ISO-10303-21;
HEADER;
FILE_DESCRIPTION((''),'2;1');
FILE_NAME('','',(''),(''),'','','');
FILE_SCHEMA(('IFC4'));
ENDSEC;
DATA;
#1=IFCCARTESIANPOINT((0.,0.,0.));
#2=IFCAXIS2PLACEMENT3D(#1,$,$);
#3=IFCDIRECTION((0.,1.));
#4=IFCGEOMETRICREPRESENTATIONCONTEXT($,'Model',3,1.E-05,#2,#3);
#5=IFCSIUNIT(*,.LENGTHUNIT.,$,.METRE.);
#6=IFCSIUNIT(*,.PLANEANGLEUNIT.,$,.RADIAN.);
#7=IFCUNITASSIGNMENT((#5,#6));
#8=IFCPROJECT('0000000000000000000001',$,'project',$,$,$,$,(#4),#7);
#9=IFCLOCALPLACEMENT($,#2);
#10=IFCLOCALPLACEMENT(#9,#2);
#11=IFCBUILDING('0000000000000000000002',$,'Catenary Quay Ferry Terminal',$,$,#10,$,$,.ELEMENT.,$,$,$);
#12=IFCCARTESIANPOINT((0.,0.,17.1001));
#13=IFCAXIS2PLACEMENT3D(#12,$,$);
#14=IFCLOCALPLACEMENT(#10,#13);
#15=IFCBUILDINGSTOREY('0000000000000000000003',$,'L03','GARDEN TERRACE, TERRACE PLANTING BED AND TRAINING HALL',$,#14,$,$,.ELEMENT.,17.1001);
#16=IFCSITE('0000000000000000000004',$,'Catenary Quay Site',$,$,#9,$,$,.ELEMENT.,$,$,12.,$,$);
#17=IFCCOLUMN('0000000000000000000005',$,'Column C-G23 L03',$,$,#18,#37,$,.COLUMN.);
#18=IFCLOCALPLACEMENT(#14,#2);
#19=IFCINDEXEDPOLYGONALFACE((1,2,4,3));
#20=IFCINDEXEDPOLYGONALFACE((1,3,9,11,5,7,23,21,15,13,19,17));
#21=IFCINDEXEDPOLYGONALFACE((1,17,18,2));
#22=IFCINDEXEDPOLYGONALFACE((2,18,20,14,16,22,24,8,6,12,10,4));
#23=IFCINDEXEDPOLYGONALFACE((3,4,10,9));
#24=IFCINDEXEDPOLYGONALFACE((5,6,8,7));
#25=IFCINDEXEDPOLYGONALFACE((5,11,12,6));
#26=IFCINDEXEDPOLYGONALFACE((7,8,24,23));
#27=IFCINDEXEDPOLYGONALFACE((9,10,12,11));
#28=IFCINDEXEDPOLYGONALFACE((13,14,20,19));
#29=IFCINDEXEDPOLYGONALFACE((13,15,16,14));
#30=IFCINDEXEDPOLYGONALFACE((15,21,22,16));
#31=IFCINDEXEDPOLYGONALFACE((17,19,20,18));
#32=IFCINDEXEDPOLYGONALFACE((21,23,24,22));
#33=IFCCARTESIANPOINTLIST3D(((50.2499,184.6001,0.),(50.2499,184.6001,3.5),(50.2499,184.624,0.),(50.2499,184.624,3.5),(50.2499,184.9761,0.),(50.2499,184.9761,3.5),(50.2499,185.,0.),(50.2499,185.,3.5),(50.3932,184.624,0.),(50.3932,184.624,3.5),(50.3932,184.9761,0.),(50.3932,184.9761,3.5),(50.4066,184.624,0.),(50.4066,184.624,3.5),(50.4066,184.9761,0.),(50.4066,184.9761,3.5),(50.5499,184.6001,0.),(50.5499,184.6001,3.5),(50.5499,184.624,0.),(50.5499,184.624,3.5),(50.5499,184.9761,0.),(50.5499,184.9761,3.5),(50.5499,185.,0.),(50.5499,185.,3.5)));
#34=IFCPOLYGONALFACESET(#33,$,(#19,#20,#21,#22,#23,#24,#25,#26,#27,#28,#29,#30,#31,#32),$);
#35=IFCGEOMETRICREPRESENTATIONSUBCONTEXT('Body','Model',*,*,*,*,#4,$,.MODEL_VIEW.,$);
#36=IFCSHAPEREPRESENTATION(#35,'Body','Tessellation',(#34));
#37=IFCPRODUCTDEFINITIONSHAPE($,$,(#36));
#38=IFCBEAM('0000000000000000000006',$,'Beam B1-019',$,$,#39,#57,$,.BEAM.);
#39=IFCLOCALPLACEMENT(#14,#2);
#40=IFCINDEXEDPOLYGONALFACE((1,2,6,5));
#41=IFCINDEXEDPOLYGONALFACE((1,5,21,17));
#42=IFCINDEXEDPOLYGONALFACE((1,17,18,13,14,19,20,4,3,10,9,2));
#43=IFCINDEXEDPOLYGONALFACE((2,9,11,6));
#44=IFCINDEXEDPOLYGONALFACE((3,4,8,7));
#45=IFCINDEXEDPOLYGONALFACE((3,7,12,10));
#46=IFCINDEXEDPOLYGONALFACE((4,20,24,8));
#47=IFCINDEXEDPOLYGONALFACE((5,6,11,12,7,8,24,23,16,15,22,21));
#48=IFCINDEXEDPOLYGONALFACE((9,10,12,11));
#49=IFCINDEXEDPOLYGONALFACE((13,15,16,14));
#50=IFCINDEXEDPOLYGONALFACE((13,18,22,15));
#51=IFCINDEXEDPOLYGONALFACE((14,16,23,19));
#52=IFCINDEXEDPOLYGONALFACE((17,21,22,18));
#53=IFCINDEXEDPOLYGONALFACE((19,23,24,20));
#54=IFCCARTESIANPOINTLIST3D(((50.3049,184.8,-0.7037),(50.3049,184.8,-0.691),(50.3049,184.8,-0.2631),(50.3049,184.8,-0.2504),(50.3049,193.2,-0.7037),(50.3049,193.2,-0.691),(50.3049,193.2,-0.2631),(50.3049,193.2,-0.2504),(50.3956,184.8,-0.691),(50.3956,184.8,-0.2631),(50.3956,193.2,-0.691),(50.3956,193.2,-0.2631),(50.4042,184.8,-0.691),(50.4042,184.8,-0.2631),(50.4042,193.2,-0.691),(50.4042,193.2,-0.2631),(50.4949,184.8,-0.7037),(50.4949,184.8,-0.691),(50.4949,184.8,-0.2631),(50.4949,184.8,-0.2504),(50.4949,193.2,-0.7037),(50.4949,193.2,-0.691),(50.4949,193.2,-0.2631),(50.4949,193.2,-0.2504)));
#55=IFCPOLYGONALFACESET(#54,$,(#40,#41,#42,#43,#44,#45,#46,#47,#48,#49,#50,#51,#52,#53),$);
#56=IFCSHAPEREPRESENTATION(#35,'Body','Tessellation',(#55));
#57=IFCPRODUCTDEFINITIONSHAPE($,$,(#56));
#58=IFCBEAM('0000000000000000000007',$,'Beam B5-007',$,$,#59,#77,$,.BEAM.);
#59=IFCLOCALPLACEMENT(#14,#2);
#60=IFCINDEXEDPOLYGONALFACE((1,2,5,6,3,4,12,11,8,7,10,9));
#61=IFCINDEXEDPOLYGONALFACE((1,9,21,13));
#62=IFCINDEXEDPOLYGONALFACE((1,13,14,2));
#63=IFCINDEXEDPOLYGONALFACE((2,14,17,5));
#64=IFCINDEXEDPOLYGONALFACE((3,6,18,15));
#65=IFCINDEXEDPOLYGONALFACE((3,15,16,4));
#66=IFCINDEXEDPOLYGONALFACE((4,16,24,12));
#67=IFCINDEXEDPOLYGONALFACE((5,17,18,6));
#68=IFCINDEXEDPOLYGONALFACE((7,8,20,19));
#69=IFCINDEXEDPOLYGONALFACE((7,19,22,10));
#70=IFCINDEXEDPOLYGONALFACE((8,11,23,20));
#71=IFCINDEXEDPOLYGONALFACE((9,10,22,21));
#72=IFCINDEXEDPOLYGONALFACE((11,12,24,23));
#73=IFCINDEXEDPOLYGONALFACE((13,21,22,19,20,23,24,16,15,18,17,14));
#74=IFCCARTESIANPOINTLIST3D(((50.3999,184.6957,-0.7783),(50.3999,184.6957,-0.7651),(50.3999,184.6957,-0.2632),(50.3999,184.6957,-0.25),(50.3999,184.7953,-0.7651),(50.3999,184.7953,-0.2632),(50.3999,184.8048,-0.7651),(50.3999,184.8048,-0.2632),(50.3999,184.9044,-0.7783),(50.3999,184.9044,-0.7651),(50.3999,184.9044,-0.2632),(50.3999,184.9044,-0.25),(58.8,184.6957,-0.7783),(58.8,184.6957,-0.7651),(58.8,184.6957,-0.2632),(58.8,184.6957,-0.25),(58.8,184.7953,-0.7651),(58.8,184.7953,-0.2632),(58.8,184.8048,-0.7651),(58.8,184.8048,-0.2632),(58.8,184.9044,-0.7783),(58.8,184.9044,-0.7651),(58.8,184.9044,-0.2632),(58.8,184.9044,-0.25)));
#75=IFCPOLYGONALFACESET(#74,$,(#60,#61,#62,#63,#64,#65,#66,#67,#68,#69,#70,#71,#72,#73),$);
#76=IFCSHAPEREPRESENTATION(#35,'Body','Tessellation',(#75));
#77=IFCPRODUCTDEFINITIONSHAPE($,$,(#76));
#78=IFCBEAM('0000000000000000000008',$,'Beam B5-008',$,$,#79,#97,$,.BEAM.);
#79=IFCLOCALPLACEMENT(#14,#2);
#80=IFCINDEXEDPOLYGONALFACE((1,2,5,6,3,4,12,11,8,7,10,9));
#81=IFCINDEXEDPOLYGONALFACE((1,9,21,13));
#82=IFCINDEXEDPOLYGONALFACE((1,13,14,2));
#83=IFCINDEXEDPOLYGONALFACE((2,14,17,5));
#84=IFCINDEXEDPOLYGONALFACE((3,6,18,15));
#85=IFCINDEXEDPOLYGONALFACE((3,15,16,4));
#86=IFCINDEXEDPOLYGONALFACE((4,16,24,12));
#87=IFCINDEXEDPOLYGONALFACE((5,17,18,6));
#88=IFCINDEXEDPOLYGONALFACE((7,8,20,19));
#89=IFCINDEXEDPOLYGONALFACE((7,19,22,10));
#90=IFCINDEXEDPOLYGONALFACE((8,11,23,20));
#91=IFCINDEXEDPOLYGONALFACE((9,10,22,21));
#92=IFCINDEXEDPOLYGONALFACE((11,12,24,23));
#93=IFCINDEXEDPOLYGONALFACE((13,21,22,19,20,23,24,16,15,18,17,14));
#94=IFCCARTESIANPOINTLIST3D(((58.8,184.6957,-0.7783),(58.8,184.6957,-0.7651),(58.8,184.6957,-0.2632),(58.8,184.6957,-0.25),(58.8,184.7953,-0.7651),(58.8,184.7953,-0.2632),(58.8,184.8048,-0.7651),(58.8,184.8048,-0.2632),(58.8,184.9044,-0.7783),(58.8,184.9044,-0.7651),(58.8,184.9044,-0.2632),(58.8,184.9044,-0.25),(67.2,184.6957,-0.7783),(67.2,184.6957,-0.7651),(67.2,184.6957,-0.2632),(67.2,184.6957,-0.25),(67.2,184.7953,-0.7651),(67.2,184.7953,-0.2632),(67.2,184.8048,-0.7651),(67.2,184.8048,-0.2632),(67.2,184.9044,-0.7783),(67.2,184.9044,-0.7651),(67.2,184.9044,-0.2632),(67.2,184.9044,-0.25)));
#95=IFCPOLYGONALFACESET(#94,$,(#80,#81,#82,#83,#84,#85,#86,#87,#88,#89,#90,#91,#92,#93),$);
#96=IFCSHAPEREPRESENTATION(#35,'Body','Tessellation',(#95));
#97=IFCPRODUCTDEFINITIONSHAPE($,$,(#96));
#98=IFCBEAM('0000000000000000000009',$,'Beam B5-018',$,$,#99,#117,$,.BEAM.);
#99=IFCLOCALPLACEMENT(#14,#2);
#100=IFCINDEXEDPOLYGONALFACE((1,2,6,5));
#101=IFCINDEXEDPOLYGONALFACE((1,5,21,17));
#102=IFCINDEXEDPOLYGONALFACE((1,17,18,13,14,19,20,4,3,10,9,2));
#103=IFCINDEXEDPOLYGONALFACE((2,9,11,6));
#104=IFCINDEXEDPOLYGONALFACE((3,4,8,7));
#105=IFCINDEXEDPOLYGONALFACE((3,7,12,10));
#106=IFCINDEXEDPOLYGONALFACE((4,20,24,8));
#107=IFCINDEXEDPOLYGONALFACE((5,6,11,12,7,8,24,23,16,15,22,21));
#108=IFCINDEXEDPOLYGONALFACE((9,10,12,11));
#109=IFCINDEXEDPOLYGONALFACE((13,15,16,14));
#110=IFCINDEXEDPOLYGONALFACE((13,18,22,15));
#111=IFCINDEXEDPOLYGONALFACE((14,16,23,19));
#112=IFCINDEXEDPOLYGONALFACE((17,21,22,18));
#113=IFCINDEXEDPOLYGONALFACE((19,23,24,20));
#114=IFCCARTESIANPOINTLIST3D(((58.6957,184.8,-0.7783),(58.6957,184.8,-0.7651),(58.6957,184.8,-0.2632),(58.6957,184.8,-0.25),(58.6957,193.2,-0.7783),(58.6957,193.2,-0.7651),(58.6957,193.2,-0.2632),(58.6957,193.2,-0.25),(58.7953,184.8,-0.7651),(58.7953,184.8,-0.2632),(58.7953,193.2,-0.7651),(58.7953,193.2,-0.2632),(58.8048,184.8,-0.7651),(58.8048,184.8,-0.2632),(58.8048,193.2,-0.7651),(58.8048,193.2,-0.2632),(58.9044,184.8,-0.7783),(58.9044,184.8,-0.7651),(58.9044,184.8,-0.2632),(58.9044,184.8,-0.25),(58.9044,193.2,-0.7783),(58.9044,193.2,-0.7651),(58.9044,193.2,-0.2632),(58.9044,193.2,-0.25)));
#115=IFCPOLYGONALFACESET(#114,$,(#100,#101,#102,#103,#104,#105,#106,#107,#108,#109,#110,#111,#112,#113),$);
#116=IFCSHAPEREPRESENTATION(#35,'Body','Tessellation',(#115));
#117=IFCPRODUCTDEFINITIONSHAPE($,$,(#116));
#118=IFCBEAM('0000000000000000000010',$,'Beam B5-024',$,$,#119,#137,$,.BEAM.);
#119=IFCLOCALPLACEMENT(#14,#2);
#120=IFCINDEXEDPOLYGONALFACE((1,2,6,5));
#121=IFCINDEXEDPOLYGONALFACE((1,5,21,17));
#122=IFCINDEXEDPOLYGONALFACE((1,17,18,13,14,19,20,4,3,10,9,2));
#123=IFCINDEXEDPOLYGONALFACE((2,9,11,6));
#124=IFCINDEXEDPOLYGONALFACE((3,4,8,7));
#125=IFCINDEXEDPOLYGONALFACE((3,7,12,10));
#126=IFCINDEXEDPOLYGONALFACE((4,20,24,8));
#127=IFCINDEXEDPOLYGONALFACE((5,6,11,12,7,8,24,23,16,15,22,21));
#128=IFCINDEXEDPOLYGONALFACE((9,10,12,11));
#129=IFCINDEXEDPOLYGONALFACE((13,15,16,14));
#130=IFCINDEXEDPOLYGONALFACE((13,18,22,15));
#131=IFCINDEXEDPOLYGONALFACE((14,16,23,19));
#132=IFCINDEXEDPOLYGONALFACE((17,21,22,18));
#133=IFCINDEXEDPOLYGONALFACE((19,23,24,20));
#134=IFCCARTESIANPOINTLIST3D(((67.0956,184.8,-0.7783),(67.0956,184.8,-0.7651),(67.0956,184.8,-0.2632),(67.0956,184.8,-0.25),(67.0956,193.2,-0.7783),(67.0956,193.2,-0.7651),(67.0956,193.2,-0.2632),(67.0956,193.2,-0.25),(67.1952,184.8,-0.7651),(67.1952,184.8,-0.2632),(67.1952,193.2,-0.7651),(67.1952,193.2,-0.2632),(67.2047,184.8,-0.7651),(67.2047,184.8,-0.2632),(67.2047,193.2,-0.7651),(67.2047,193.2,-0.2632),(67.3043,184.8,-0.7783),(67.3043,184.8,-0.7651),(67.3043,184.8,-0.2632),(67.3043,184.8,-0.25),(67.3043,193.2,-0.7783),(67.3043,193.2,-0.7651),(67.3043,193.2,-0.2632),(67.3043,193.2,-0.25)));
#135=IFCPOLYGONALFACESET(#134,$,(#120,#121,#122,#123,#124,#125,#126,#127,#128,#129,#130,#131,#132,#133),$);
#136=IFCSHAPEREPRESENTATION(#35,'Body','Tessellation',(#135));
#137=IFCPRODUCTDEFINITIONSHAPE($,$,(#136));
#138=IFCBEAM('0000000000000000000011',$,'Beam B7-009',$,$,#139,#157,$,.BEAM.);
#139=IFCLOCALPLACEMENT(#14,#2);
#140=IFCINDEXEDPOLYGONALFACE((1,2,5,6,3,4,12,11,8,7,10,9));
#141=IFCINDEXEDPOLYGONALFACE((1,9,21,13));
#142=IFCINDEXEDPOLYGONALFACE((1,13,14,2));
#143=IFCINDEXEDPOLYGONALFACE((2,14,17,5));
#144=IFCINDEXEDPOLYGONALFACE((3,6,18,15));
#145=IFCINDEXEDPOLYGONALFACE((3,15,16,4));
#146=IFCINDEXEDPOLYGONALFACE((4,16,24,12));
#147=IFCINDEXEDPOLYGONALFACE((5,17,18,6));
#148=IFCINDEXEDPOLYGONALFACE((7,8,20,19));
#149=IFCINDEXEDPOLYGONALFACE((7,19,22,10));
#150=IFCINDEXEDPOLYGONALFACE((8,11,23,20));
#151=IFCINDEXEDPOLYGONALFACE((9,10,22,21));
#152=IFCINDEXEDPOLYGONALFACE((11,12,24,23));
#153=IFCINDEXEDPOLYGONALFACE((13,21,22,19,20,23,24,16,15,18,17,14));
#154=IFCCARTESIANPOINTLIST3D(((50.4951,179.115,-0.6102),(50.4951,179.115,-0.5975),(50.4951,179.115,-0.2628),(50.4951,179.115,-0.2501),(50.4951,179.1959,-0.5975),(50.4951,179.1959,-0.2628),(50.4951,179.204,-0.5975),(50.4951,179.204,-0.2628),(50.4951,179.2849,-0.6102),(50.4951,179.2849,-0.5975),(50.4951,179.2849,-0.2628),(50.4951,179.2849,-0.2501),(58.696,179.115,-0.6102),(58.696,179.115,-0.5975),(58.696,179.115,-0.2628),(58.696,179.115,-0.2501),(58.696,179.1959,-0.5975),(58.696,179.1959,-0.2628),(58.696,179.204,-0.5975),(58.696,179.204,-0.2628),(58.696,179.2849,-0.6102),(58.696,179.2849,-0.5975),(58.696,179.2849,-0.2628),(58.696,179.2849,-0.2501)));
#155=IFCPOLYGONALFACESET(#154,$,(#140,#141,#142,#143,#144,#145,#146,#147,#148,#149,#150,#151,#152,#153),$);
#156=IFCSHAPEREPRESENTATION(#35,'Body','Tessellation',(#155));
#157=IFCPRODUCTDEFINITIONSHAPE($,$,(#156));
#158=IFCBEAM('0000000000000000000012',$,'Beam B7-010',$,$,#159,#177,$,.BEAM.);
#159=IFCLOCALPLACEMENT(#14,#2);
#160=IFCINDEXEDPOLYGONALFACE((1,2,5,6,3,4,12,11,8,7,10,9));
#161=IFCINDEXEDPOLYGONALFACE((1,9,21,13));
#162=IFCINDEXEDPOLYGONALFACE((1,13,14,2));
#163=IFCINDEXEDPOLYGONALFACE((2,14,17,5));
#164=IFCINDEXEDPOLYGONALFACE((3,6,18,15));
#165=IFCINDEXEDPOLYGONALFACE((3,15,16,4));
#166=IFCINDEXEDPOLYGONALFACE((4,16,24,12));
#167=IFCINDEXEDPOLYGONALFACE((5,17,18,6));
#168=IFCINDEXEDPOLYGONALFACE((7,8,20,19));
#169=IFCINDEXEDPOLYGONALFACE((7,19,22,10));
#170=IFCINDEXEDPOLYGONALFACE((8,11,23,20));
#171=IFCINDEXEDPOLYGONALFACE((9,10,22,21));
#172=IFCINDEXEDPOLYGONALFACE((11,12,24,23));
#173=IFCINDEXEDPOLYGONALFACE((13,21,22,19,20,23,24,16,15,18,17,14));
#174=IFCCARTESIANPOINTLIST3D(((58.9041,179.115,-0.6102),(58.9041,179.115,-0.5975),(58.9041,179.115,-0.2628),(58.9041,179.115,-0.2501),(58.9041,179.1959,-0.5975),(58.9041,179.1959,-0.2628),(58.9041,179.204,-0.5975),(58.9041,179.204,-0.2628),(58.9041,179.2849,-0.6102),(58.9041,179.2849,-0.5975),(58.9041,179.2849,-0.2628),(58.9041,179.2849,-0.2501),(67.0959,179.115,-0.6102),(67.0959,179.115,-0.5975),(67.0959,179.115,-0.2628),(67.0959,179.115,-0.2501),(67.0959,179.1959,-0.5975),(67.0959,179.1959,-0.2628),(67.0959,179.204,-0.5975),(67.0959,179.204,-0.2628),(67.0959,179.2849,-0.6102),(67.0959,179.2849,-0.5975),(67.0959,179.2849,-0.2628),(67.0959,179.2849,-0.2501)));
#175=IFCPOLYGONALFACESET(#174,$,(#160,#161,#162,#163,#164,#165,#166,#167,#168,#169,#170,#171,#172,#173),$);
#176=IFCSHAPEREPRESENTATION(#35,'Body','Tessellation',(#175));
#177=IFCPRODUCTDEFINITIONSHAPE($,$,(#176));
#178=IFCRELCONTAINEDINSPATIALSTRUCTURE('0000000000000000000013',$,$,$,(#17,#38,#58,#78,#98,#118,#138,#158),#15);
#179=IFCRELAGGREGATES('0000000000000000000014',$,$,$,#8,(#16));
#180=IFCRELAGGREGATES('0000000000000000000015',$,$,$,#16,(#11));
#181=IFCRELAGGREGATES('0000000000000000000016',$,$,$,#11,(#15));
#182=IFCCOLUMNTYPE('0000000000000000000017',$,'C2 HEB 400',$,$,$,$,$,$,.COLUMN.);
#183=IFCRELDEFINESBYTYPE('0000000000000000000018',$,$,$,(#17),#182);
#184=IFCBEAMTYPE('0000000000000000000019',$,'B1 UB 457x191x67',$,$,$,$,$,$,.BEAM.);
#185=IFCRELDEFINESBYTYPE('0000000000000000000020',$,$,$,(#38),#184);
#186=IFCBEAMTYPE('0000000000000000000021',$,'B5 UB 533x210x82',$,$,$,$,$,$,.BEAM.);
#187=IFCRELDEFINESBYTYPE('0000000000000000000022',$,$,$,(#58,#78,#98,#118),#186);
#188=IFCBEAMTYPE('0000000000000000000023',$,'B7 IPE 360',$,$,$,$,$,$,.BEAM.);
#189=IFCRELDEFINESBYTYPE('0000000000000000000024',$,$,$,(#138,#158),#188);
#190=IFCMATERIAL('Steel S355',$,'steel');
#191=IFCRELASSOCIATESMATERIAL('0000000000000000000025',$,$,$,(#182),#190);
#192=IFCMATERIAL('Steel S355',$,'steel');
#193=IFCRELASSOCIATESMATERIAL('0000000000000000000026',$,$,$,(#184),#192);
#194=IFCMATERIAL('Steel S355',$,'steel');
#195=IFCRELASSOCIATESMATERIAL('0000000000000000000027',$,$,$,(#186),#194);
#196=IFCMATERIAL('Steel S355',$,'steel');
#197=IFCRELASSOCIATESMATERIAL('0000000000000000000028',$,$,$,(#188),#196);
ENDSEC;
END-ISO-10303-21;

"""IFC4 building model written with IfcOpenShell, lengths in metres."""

from ifc_helpers import new_model, si_unit, direction, frame, origin, origin_2d, place, context, subcontext, project, spatial, i_section, extrude, material, material_profile, profile_set, type_object, element, save


model = new_model("IFC4")

# Units and contexts
model_context = context("Model", 3, precision=1e-05, world=origin(), true_north=direction((0.0, 1.0)))
body_context = subcontext(model_context, "Body", "Model", "MODEL_VIEW")
ifc_project = project(units=[si_unit("LENGTHUNIT", "METRE"), si_unit("PLANEANGLEUNIT", "RADIAN")], contexts=[model_context])

# Site, building, storey
site_placement = place(None, origin())
site = spatial("IfcSite", under=ifc_project, at=site_placement, Name="Catenary Quay Site", CompositionType="ELEMENT", RefElevation=12.0)
building_placement = place(site_placement, origin())
building = spatial("IfcBuilding", under=site, at=building_placement, Name="Catenary Quay Ferry Terminal", CompositionType="ELEMENT")
storey_placement = place(building_placement, frame((0.0, 0.0, 17.1001)))
storey = spatial("IfcBuildingStorey", under=building, at=storey_placement, Name="L03", Description="GARDEN TERRACE, TERRACE PLANTING BED AND TRAINING HALL", CompositionType="ELEMENT", Elevation=17.1001)

# Column
ifc_material_1 = material(Name="Steel S355", Category="steel")
ifc_material_profile_1 = material_profile(ifc_material_1, i_section(OverallWidth=0.3, OverallDepth=0.3999, WebThickness=0.0134, FlangeThickness=0.0239, at=origin_2d()), Name="HEB 400")
ifc_profile_set_1 = profile_set([ifc_material_profile_1], Name="Steel S355")
column_type = type_object("IfcColumnType", Name="C2 HEB 400", PredefinedType="COLUMN", material=ifc_profile_set_1)
column_placement = place(storey_placement, frame((50.3999, 184.8, 0.0), z_axis=(0.0, 0.0, 1.0), x_axis=(1.0, 0.0, 0.0)))
element("IfcColumn", 1, at=column_placement, inside=storey, type_object=column_type, Name="Column C-G23 L03", PredefinedType="COLUMN", context=body_context, shape_type="SweptSolid", body=[
    extrude(i_section(OverallWidth=0.3, OverallDepth=0.3999, WebThickness=0.0134, FlangeThickness=0.0239, at=origin_2d()), origin(), (0.0, 0.0, 1.0), 3.5),
])

# Beams
ifc_material_2 = material(Name="Steel S355", Category="steel")
ifc_material_profile_2 = material_profile(ifc_material_2, i_section(OverallWidth=0.1899, OverallDepth=0.4534, WebThickness=0.0085, FlangeThickness=0.0127, at=origin_2d()), Name="UB 457x191x67")
ifc_profile_set_2 = profile_set([ifc_material_profile_2], Name="Steel S355")
beam_type_1 = type_object("IfcBeamType", Name="B1 UB 457x191x67", PredefinedType="BEAM", material=ifc_profile_set_2)
beam_1_placement = place(storey_placement, frame((50.3999, 184.8, -0.4771), z_axis=(0.0, 1.0, 0.0), x_axis=(-1.0, 0.0, 0.0)))
element("IfcBeam", 2, at=beam_1_placement, inside=storey, type_object=beam_type_1, Name="Beam B1-019", PredefinedType="BEAM", context=body_context, shape_type="SweptSolid", body=[
    extrude(i_section(OverallWidth=0.1899, OverallDepth=0.4534, WebThickness=0.0085, FlangeThickness=0.0127, at=origin_2d()), origin(), (0.0, 0.0, 1.0), 8.3999),
])
ifc_material_3 = material(Name="Steel S355", Category="steel")
ifc_material_profile_3 = material_profile(ifc_material_3, i_section(OverallWidth=0.2087, OverallDepth=0.5283, WebThickness=0.0095, FlangeThickness=0.0132, at=origin_2d()), Name="UB 533x210x82")
ifc_profile_set_3 = profile_set([ifc_material_profile_3], Name="Steel S355")
beam_type_2 = type_object("IfcBeamType", Name="B5 UB 533x210x82", PredefinedType="BEAM", material=ifc_profile_set_3)
beam_2_placement = place(storey_placement, frame((50.3999, 184.8, -0.5142), z_axis=(1.0, 0.0, 0.0), x_axis=(0.0, 1.0, 0.0)))
element("IfcBeam", 3, at=beam_2_placement, inside=storey, type_object=beam_type_2, Name="Beam B5-007", PredefinedType="BEAM", context=body_context, shape_type="SweptSolid", body=[
    extrude(i_section(OverallWidth=0.2087, OverallDepth=0.5283, WebThickness=0.0095, FlangeThickness=0.0132, at=origin_2d()), origin(), (0.0, 0.0, 1.0), 8.4001),
])
for number, where, z_axis, x_axis, name in (
    (4, (58.8, 184.8, -0.5142), (1.0, 0.0, 0.0), (0.0, 1.0, 0.0), "Beam B5-008"),
    (5, (58.8, 184.8, -0.5142), (0.0, 1.0, 0.0), (-1.0, 0.0, 0.0), "Beam B5-018"),
    (6, (67.2, 184.8, -0.5142), (0.0, 1.0, 0.0), (-1.0, 0.0, 0.0), "Beam B5-024"),
):
    element("IfcBeam", number, at=place(storey_placement, frame(where, z_axis=z_axis, x_axis=x_axis)), inside=storey, type_object=beam_type_2, Name=name, PredefinedType="BEAM", context=body_context, shape_type="SweptSolid", body=[
        extrude(i_section(OverallWidth=0.2087, OverallDepth=0.5283, WebThickness=0.0095, FlangeThickness=0.0132, at=origin_2d()), origin(), (0.0, 0.0, 1.0), 8.3999),
    ])
ifc_material_4 = material(Name="Steel S355", Category="steel")
ifc_material_profile_4 = material_profile(ifc_material_4, i_section(OverallWidth=0.1699, OverallDepth=0.3601, WebThickness=0.0081, FlangeThickness=0.0127, at=origin_2d()), Name="IPE 360")
ifc_profile_set_4 = profile_set([ifc_material_profile_4], Name="Steel S355")
beam_type_3 = type_object("IfcBeamType", Name="B7 IPE 360", PredefinedType="BEAM", material=ifc_profile_set_4)
beam_3_placement = place(storey_placement, frame((50.4951, 179.2, -0.4302), z_axis=(1.0, 0.0, 0.0), x_axis=(0.0, 1.0, 0.0)))
element("IfcBeam", 7, at=beam_3_placement, inside=storey, type_object=beam_type_3, Name="Beam B7-009", PredefinedType="BEAM", context=body_context, shape_type="SweptSolid", body=[
    extrude(i_section(OverallWidth=0.1699, OverallDepth=0.3601, WebThickness=0.0081, FlangeThickness=0.0127, at=origin_2d()), origin(), (0.0, 0.0, 1.0), 8.2009),
])
beam_4_placement = place(storey_placement, frame((58.9041, 179.2, -0.4302), z_axis=(1.0, 0.0, 0.0), x_axis=(0.0, 1.0, 0.0)))
element("IfcBeam", 8, at=beam_4_placement, inside=storey, type_object=beam_type_3, Name="Beam B7-010", PredefinedType="BEAM", context=body_context, shape_type="SweptSolid", body=[
    extrude(i_section(OverallWidth=0.1699, OverallDepth=0.3601, WebThickness=0.0081, FlangeThickness=0.0127, at=origin_2d()), origin(), (0.0, 0.0, 1.0), 8.1919),
])

save(model, "model.ifc")
